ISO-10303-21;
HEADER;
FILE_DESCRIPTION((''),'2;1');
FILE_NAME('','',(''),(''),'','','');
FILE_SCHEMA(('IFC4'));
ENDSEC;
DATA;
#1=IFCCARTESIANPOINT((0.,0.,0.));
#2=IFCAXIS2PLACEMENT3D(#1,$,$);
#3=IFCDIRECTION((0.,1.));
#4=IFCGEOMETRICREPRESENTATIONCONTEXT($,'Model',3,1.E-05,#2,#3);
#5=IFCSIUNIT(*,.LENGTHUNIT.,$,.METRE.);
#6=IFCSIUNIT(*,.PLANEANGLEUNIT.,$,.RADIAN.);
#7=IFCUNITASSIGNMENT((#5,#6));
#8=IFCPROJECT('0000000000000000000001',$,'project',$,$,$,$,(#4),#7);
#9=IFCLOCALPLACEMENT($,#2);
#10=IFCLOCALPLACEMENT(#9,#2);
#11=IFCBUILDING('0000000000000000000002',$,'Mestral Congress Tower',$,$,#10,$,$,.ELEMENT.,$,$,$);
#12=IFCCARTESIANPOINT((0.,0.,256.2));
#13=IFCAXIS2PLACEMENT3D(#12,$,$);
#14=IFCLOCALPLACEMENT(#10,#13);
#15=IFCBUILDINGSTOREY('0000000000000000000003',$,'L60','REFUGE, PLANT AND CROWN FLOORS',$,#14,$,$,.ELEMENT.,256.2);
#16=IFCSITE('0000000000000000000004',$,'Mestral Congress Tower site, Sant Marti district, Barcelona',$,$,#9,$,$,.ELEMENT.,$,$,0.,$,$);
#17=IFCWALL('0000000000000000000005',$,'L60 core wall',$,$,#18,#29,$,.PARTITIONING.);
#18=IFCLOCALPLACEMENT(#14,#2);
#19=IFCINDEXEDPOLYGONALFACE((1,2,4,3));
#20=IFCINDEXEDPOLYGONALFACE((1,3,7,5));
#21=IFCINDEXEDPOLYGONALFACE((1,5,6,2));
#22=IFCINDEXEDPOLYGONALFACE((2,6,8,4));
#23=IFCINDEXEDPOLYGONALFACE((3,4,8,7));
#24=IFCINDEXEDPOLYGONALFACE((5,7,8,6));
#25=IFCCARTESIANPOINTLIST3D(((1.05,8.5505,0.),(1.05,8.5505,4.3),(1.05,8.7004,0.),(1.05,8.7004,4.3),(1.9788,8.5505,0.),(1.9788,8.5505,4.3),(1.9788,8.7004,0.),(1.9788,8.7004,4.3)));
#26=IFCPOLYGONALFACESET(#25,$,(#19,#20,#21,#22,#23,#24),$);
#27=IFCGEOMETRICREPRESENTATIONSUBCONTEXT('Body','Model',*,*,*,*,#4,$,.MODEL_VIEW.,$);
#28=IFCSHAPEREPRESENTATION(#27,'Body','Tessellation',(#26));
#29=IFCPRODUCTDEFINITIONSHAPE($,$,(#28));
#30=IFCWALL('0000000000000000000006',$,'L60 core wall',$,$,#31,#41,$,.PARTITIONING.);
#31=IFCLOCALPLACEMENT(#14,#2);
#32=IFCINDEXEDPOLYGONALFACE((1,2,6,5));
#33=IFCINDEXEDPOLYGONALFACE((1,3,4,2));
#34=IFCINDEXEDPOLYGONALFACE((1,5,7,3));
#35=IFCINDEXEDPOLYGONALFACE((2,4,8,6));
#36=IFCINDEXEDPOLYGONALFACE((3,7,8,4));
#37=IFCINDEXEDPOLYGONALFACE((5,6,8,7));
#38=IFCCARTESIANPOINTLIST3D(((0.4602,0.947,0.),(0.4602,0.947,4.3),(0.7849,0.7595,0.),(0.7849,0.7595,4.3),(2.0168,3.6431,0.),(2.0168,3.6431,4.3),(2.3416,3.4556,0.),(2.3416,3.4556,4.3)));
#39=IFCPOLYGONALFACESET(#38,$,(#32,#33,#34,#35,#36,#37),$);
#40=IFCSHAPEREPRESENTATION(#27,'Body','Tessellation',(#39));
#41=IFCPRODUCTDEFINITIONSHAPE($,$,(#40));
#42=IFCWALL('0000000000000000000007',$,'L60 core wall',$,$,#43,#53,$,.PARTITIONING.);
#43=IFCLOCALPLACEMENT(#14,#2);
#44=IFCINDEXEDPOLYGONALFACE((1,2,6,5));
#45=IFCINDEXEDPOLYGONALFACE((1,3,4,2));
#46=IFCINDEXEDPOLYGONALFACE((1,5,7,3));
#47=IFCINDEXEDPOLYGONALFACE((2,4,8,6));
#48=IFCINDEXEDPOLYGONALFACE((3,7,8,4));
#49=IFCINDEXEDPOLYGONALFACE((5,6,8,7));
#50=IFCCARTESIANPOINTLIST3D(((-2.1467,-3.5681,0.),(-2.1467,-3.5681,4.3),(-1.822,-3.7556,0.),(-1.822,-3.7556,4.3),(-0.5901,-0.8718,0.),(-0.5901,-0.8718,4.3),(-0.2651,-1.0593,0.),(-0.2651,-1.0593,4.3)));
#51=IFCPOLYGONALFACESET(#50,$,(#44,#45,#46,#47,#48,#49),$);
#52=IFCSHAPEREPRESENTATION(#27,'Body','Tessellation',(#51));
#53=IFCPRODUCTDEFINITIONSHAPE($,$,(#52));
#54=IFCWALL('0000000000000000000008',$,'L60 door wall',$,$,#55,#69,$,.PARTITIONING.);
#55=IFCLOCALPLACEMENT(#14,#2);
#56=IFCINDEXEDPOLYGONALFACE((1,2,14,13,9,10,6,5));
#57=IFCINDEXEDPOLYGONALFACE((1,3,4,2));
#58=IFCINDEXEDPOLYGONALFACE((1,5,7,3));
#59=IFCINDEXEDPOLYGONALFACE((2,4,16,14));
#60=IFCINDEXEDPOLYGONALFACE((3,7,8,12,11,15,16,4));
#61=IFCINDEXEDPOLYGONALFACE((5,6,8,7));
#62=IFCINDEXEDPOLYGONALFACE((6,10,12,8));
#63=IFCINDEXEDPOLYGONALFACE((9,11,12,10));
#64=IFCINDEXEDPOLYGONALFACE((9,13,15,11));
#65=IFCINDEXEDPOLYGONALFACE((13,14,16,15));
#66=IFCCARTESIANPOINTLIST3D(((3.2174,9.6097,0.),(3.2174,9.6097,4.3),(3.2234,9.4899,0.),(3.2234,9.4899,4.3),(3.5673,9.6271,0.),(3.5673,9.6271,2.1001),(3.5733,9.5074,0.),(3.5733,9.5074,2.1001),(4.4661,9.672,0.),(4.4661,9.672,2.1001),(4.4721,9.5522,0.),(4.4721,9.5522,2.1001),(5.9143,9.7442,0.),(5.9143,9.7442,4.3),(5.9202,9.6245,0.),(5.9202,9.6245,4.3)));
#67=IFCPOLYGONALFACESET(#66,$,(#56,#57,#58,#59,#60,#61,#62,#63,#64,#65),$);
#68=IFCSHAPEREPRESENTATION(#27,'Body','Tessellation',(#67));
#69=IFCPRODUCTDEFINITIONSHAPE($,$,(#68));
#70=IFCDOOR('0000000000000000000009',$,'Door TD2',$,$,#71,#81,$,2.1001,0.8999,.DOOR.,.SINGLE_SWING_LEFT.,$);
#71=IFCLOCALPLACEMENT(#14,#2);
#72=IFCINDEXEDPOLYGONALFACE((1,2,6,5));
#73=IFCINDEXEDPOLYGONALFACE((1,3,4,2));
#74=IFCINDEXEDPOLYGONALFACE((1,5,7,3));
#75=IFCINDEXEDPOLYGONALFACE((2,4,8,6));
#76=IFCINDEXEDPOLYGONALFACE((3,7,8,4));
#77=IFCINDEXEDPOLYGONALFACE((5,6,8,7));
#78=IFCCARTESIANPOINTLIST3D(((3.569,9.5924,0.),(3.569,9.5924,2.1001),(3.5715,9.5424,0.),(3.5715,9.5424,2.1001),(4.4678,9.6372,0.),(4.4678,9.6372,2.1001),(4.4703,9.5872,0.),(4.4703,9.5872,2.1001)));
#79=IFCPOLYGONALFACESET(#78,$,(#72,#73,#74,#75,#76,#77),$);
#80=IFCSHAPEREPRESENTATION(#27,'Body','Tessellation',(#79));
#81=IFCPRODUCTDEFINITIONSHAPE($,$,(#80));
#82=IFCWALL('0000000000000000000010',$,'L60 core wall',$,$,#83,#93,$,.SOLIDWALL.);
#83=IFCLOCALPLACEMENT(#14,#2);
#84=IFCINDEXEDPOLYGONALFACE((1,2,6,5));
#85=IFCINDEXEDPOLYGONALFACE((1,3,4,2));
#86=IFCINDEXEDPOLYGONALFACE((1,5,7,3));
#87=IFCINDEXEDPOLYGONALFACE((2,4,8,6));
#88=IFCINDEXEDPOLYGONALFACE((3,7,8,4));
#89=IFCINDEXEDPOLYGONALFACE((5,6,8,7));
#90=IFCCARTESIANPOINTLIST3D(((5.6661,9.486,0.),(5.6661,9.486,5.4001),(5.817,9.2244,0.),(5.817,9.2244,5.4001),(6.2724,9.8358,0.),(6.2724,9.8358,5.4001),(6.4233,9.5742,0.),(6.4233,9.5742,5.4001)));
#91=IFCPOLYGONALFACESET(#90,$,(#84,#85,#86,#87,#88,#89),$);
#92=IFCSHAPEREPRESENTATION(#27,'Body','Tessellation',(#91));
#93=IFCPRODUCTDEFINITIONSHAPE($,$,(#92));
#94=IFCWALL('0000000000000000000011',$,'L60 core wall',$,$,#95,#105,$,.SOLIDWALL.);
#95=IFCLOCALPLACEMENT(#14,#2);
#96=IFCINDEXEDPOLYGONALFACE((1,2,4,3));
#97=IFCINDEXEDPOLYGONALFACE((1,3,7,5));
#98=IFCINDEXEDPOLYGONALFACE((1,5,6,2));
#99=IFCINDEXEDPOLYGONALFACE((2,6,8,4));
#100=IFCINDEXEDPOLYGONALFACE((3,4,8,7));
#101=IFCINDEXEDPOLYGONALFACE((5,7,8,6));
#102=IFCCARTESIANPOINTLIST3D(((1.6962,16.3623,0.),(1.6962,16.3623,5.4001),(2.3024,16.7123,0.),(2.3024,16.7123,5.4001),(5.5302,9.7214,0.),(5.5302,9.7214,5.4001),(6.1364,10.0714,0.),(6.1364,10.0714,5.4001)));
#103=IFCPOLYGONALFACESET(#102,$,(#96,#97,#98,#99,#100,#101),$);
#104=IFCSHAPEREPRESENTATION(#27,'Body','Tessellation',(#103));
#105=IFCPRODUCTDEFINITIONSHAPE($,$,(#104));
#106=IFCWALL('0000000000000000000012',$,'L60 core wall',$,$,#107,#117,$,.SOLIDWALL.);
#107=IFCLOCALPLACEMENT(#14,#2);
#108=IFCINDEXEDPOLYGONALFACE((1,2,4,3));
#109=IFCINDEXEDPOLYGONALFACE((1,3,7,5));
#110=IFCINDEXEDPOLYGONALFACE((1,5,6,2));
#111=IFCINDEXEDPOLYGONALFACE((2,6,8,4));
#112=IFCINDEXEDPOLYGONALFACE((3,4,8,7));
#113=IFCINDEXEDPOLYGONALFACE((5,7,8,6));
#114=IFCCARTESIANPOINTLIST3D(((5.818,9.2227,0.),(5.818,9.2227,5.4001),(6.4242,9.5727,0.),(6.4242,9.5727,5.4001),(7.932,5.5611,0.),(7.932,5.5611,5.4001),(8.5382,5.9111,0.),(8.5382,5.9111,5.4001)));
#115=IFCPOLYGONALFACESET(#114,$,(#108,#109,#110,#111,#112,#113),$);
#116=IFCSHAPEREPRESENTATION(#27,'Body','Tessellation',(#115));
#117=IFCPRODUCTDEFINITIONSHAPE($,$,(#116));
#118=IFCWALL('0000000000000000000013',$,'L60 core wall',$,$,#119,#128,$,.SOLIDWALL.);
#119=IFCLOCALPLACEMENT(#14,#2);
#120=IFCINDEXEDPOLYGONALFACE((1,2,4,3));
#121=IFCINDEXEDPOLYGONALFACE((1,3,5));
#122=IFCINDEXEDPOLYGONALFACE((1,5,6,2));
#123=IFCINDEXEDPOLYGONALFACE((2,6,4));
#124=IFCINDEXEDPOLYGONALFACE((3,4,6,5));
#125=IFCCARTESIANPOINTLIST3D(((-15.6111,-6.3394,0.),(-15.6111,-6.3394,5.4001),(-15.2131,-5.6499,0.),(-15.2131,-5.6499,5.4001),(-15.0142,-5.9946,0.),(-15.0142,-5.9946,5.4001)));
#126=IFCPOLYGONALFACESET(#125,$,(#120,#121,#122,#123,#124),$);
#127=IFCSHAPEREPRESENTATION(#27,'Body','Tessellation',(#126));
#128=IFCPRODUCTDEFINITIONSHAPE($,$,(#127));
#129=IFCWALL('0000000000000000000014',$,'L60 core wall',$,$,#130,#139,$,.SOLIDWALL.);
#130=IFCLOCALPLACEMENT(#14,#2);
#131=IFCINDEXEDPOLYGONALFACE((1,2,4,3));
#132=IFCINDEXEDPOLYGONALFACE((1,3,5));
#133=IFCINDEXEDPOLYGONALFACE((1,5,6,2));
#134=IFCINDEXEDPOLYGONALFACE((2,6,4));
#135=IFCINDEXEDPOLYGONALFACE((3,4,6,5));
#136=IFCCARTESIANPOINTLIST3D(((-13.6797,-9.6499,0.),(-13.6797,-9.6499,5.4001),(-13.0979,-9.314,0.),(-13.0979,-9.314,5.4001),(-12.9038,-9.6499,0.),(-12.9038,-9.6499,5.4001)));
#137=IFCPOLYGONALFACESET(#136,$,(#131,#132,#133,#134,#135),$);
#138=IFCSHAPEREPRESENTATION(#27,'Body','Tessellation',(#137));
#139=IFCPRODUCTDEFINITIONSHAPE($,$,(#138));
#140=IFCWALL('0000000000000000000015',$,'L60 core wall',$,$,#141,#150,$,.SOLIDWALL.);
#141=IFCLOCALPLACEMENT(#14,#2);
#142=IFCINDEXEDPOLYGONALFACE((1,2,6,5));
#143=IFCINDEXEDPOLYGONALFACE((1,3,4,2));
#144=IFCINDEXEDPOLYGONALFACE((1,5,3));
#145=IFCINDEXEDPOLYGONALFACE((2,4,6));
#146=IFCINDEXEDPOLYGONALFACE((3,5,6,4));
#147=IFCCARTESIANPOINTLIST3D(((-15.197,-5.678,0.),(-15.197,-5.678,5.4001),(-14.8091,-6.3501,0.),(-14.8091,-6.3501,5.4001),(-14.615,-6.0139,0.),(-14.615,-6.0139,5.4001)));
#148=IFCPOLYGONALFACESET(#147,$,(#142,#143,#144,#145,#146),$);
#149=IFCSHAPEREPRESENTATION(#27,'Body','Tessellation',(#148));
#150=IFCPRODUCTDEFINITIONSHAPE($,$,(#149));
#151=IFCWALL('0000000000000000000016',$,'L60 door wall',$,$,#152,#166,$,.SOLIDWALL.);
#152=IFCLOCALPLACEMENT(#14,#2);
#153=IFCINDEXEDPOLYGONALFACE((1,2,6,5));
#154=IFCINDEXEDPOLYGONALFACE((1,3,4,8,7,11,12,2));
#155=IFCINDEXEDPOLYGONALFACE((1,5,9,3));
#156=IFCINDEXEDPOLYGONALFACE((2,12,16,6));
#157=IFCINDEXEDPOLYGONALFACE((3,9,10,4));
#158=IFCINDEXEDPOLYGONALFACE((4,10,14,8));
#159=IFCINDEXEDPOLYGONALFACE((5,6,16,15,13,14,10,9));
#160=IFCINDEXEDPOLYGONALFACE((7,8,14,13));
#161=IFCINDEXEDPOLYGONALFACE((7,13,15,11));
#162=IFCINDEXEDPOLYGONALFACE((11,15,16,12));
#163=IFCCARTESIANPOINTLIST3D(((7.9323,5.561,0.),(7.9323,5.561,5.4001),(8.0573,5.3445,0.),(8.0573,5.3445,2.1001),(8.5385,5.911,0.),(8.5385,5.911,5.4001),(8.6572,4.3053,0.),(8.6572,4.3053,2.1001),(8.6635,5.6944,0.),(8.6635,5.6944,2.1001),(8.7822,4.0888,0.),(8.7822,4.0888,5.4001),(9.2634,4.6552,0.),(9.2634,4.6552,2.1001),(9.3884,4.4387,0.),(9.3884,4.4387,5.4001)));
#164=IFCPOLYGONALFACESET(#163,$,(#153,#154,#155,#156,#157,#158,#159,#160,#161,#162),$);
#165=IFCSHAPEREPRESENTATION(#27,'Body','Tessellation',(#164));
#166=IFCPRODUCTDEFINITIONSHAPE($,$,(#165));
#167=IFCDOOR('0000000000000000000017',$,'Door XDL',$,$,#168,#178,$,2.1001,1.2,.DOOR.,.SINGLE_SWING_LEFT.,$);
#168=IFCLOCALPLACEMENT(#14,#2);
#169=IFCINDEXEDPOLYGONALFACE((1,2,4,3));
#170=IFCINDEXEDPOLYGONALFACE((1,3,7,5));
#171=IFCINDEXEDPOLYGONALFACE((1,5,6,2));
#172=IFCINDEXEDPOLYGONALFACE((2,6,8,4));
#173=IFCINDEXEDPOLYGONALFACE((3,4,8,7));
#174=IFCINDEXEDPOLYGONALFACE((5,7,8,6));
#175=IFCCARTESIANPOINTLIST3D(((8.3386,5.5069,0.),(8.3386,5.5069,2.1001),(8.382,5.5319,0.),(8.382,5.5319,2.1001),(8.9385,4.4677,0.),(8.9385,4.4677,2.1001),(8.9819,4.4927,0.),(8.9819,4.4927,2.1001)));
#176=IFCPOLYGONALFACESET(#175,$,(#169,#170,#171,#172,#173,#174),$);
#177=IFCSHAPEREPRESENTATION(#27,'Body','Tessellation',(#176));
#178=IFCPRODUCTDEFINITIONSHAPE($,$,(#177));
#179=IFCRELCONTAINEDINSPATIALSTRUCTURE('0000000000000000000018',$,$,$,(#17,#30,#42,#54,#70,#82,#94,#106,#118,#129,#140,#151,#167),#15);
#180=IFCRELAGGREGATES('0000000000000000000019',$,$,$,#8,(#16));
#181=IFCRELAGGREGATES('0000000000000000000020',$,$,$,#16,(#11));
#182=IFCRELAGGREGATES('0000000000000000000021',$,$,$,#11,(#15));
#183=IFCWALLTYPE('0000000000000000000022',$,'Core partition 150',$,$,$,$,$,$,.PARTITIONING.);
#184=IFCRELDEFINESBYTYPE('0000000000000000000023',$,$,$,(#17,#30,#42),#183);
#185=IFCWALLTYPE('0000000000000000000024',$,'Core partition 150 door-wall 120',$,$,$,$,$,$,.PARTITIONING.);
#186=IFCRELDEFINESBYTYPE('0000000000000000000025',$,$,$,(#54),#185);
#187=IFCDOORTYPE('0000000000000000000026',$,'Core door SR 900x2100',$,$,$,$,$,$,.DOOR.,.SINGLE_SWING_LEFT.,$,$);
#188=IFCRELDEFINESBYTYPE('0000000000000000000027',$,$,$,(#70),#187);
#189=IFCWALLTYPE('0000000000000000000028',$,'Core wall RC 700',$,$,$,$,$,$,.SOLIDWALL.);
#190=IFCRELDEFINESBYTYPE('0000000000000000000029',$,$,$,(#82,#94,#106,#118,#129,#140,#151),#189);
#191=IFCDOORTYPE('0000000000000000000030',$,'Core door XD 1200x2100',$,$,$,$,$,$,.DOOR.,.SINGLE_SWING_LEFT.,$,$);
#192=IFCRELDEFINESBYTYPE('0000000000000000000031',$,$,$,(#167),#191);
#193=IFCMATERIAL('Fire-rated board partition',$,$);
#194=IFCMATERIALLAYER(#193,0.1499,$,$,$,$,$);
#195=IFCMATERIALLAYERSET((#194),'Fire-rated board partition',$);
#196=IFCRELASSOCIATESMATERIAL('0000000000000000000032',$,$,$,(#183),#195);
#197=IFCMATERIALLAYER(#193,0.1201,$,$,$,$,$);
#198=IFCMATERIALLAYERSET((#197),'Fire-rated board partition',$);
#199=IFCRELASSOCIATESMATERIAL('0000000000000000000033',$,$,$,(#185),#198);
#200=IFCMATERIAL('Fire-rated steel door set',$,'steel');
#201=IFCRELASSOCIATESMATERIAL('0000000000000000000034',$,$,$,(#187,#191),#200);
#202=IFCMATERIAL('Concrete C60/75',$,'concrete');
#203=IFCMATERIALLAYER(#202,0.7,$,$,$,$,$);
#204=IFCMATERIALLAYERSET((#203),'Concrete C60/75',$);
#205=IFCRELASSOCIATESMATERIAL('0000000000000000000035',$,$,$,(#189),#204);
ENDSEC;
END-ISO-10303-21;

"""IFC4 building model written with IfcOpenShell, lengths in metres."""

from ifc_helpers import new_model, si_unit, direction, frame, frame_2d, origin, place, context, subcontext, project, spatial, polyline, rectangle, outline, extrude, material, layer, layer_set, type_object, element, fill, save


model = new_model("IFC4")

# Units and contexts
model_context = context("Model", 3, precision=1e-05, world=origin(), true_north=direction((0.0, 1.0)))
body_context = subcontext(model_context, "Body", "Model", "MODEL_VIEW")
ifc_project = project(units=[si_unit("LENGTHUNIT", "METRE"), si_unit("PLANEANGLEUNIT", "RADIAN")], contexts=[model_context])

# Site, building, storey
site_placement = place(None, origin())
site = spatial("IfcSite", under=ifc_project, at=site_placement, Name="Mestral Congress Tower site, Sant Marti district, Barcelona", CompositionType="ELEMENT", RefElevation=0.0)
building_placement = place(site_placement, origin())
building = spatial("IfcBuilding", under=site, at=building_placement, Name="Mestral Congress Tower", CompositionType="ELEMENT")
storey_placement = place(building_placement, frame((0.0, 0.0, 256.2)))
storey = spatial("IfcBuildingStorey", under=building, at=storey_placement, Name="L60", Description="REFUGE, PLANT AND CROWN FLOORS", CompositionType="ELEMENT", Elevation=256.2)

# Walls
ifc_material_1 = material(Name="Fire-rated board partition")
ifc_layer_1 = layer(ifc_material_1, 0.1499)
ifc_layer_set_1 = layer_set([ifc_layer_1], Name="Fire-rated board partition")
wall_type_1 = type_object("IfcWallType", Name="Core partition 150", PredefinedType="PARTITIONING", material=ifc_layer_set_1)
wall_1_placement = place(storey_placement, frame((1.05, 8.6255, 0.0), z_axis=(0.0, 0.0, 1.0), x_axis=(1.0, 0.0, 0.0)))
element("IfcWall", 1, at=wall_1_placement, inside=storey, type_object=wall_type_1, Name="L60 core wall", PredefinedType="PARTITIONING", context=body_context, shape_type="SweptSolid", body=[
    extrude(rectangle(XDim=0.9287, YDim=0.1499, at=frame_2d((0.4644, 0.0))), origin(), (0.0, 0.0, 1.0), 4.3),
])
placement = place(storey_placement, origin())
element("IfcWall", 2, at=placement, inside=storey, type_object=wall_type_1, Name="L60 core wall", PredefinedType="PARTITIONING", context=body_context, shape_type="SweptSolid", body=[
    extrude(outline(polyline([(2.0168, 3.6431), (2.3416, 3.4556), (0.7849, 0.7595), (0.4602, 0.947), (2.0168, 3.6431)])), origin(), (0.0, 0.0, 1.0), 4.3),
])
element("IfcWall", 3, at=placement, inside=storey, type_object=wall_type_1, Name="L60 core wall", PredefinedType="PARTITIONING", context=body_context, shape_type="SweptSolid", body=[
    extrude(outline(polyline([(-0.5901, -0.8718), (-0.2651, -1.0593), (-1.822, -3.7556), (-2.1467, -3.5681), (-0.5901, -0.8718)])), origin(), (0.0, 0.0, 1.0), 4.3),
])

# Wall, opening, door
ifc_layer_2 = layer(ifc_material_1, 0.1201)
ifc_layer_set_2 = layer_set([ifc_layer_2], Name="Fire-rated board partition")
wall_type_2 = type_object("IfcWallType", Name="Core partition 150 door-wall 120", PredefinedType="PARTITIONING", material=ifc_layer_set_2)
wall_2_placement = place(storey_placement, frame((5.9172, 9.6843, 0.0), z_axis=(0.0, 0.0, 1.0), x_axis=(-0.998758, -0.04982, 0.0)))
wall_2 = element("IfcWall", 4, at=wall_2_placement, inside=storey, type_object=wall_type_2, Name="L60 door wall", PredefinedType="PARTITIONING", context=body_context, shape_type="SweptSolid", body=[
    extrude(rectangle(XDim=2.7002, YDim=0.1199, at=frame_2d((1.3501, 0.0))), origin(), (0.0, 0.0, 1.0), 4.3),
])
opening_1_placement = place(wall_2_placement, frame((1.45, 0.0, 0.0)))
opening_1 = element("IfcOpeningElement", 5, at=opening_1_placement, cuts=wall_2, PredefinedType="OPENING", context=body_context, shape_type="SweptSolid", body=[
    extrude(rectangle(XDim=0.8999, YDim=2.1001, at=frame_2d((0.45, 1.05))), frame((0.0, 0.0698, 0.0), z_axis=(0.0, -1.0, 0.0), x_axis=(1.0, 0.0, 0.0)), (0.0, 0.0, 1.0), 0.1399),
])
ifc_material_2 = material(Name="Fire-rated steel door set", Category="steel")
door_type_1 = type_object("IfcDoorType", Name="Core door SR 900x2100", OperationType="SINGLE_SWING_LEFT", PredefinedType="DOOR", material=ifc_material_2)
door_1_placement = place(opening_1_placement, origin())
door_1 = element("IfcDoor", 6, at=door_1_placement, inside=storey, type_object=door_type_1, Name="Door TD2", OperationType="SINGLE_SWING_LEFT", OverallHeight=2.1001, OverallWidth=0.8999, PredefinedType="DOOR", context=body_context, shape_type="SweptSolid", body=[
    extrude(rectangle(XDim=0.8999, YDim=2.1001, at=frame_2d((0.45, 1.05))), frame((0.0, 0.0249, 0.0), z_axis=(0.0, -1.0, 0.0), x_axis=(1.0, 0.0, 0.0)), (0.0, 0.0, 1.0), 0.05),
])
fill(opening_1, door_1)

# Walls
ifc_material_3 = material(Name="Concrete C60/75", Category="concrete")
ifc_layer_3 = layer(ifc_material_3, 0.7)
ifc_layer_set_3 = layer_set([ifc_layer_3], Name="Concrete C60/75")
wall_type_3 = type_object("IfcWallType", Name="Core wall RC 700", PredefinedType="SOLIDWALL", material=ifc_layer_set_3)
wall_3_placement = place(storey_placement, frame((6.1201, 9.3994, 0.0), z_axis=(0.0, 0.0, 1.0), x_axis=(-0.499792, 0.866145, 0.0)))
element("IfcWall", 7, at=wall_3_placement, inside=storey, type_object=wall_type_3, Name="L60 core wall", PredefinedType="SOLIDWALL", context=body_context, shape_type="SweptSolid", body=[
    extrude(rectangle(XDim=0.302, YDim=0.7, at=frame_2d((0.1509, 0.0))), origin(), (0.0, 0.0, 1.0), 5.4001),
])
wall_4_placement = place(storey_placement, frame((5.8333, 9.8965, 0.0), z_axis=(0.0, 0.0, 1.0), x_axis=(-0.499988, 0.866032, 0.0)))
element("IfcWall", 8, at=wall_4_placement, inside=storey, type_object=wall_type_3, Name="L60 core wall", PredefinedType="SOLIDWALL", context=body_context, shape_type="SweptSolid", body=[
    extrude(rectangle(XDim=7.6682, YDim=0.7, at=frame_2d((3.834, 0.0))), origin(), (0.0, 0.0, 1.0), 5.4001),
])
wall_5_placement = place(storey_placement, frame((6.1211, 9.3977, 0.0), z_axis=(0.0, 0.0, 1.0), x_axis=(0.499996, -0.866028, 0.0)))
element("IfcWall", 9, at=wall_5_placement, inside=storey, type_object=wall_type_3, Name="L60 core wall", PredefinedType="SOLIDWALL", context=body_context, shape_type="SweptSolid", body=[
    extrude(rectangle(XDim=4.228, YDim=0.7, at=frame_2d((2.114, 0.0))), origin(), (0.0, 0.0, 1.0), 5.4001),
])
element("IfcWall", 10, at=placement, inside=storey, type_object=wall_type_3, Name="L60 core wall", PredefinedType="SOLIDWALL", context=body_context, shape_type="SweptSolid", body=[
    extrude(outline(polyline([(-15.0142, -5.9946), (-15.6111, -6.3394), (-15.2131, -5.6499), (-15.0142, -5.9946)])), origin(), (0.0, 0.0, 1.0), 5.4001),
])
element("IfcWall", 11, at=placement, inside=storey, type_object=wall_type_3, Name="L60 core wall", PredefinedType="SOLIDWALL", context=body_context, shape_type="SweptSolid", body=[
    extrude(outline(polyline([(-12.9038, -9.6499), (-13.6797, -9.6499), (-13.0979, -9.314), (-12.9038, -9.6499)])), origin(), (0.0, 0.0, 1.0), 5.4001),
])
element("IfcWall", 12, at=placement, inside=storey, type_object=wall_type_3, Name="L60 core wall", PredefinedType="SOLIDWALL", context=body_context, shape_type="SweptSolid", body=[
    extrude(outline(polyline([(-14.8091, -6.3501), (-15.197, -5.678), (-14.615, -6.0139), (-14.8091, -6.3501)])), origin(), (0.0, 0.0, 1.0), 5.4001),
])

# Wall, opening, door
wall_6_placement = place(storey_placement, frame((8.2354, 5.7361, 0.0), z_axis=(0.0, 0.0, 1.0), x_axis=(0.499955, -0.866052, 0.0)))
wall_6 = element("IfcWall", 13, at=wall_6_placement, inside=storey, type_object=wall_type_3, Name="L60 door wall", PredefinedType="SOLIDWALL", context=body_context, shape_type="SweptSolid", body=[
    extrude(rectangle(XDim=1.7, YDim=0.7, at=frame_2d((0.8501, 0.0))), origin(), (0.0, 0.0, 1.0), 5.4001),
])
opening_2_placement = place(wall_6_placement, frame((0.25, 0.0, 0.0)))
opening_2 = element("IfcOpeningElement", 14, at=opening_2_placement, cuts=wall_6, PredefinedType="OPENING", context=body_context, shape_type="SweptSolid", body=[
    extrude(rectangle(XDim=1.2, YDim=2.1001, at=frame_2d((0.6001, 1.05))), frame((0.0, 0.3599, 0.0), z_axis=(0.0, -1.0, 0.0), x_axis=(1.0, 0.0, 0.0)), (0.0, 0.0, 1.0), 0.72),
])
door_type_2 = type_object("IfcDoorType", Name="Core door XD 1200x2100", OperationType="SINGLE_SWING_LEFT", PredefinedType="DOOR", material=ifc_material_2)
door_2_placement = place(opening_2_placement, origin())
door_2 = element("IfcDoor", 15, at=door_2_placement, inside=storey, type_object=door_type_2, Name="Door XDL", OperationType="SINGLE_SWING_LEFT", OverallHeight=2.1001, OverallWidth=1.2, PredefinedType="DOOR", context=body_context, shape_type="SweptSolid", body=[
    extrude(rectangle(XDim=1.2, YDim=2.1001, at=frame_2d((0.6001, 1.05))), frame((0.0, 0.0249, 0.0), z_axis=(0.0, -1.0, 0.0), x_axis=(1.0, 0.0, 0.0)), (0.0, 0.0, 1.0), 0.05),
])
fill(opening_2, door_2)

save(model, "model.ifc")
